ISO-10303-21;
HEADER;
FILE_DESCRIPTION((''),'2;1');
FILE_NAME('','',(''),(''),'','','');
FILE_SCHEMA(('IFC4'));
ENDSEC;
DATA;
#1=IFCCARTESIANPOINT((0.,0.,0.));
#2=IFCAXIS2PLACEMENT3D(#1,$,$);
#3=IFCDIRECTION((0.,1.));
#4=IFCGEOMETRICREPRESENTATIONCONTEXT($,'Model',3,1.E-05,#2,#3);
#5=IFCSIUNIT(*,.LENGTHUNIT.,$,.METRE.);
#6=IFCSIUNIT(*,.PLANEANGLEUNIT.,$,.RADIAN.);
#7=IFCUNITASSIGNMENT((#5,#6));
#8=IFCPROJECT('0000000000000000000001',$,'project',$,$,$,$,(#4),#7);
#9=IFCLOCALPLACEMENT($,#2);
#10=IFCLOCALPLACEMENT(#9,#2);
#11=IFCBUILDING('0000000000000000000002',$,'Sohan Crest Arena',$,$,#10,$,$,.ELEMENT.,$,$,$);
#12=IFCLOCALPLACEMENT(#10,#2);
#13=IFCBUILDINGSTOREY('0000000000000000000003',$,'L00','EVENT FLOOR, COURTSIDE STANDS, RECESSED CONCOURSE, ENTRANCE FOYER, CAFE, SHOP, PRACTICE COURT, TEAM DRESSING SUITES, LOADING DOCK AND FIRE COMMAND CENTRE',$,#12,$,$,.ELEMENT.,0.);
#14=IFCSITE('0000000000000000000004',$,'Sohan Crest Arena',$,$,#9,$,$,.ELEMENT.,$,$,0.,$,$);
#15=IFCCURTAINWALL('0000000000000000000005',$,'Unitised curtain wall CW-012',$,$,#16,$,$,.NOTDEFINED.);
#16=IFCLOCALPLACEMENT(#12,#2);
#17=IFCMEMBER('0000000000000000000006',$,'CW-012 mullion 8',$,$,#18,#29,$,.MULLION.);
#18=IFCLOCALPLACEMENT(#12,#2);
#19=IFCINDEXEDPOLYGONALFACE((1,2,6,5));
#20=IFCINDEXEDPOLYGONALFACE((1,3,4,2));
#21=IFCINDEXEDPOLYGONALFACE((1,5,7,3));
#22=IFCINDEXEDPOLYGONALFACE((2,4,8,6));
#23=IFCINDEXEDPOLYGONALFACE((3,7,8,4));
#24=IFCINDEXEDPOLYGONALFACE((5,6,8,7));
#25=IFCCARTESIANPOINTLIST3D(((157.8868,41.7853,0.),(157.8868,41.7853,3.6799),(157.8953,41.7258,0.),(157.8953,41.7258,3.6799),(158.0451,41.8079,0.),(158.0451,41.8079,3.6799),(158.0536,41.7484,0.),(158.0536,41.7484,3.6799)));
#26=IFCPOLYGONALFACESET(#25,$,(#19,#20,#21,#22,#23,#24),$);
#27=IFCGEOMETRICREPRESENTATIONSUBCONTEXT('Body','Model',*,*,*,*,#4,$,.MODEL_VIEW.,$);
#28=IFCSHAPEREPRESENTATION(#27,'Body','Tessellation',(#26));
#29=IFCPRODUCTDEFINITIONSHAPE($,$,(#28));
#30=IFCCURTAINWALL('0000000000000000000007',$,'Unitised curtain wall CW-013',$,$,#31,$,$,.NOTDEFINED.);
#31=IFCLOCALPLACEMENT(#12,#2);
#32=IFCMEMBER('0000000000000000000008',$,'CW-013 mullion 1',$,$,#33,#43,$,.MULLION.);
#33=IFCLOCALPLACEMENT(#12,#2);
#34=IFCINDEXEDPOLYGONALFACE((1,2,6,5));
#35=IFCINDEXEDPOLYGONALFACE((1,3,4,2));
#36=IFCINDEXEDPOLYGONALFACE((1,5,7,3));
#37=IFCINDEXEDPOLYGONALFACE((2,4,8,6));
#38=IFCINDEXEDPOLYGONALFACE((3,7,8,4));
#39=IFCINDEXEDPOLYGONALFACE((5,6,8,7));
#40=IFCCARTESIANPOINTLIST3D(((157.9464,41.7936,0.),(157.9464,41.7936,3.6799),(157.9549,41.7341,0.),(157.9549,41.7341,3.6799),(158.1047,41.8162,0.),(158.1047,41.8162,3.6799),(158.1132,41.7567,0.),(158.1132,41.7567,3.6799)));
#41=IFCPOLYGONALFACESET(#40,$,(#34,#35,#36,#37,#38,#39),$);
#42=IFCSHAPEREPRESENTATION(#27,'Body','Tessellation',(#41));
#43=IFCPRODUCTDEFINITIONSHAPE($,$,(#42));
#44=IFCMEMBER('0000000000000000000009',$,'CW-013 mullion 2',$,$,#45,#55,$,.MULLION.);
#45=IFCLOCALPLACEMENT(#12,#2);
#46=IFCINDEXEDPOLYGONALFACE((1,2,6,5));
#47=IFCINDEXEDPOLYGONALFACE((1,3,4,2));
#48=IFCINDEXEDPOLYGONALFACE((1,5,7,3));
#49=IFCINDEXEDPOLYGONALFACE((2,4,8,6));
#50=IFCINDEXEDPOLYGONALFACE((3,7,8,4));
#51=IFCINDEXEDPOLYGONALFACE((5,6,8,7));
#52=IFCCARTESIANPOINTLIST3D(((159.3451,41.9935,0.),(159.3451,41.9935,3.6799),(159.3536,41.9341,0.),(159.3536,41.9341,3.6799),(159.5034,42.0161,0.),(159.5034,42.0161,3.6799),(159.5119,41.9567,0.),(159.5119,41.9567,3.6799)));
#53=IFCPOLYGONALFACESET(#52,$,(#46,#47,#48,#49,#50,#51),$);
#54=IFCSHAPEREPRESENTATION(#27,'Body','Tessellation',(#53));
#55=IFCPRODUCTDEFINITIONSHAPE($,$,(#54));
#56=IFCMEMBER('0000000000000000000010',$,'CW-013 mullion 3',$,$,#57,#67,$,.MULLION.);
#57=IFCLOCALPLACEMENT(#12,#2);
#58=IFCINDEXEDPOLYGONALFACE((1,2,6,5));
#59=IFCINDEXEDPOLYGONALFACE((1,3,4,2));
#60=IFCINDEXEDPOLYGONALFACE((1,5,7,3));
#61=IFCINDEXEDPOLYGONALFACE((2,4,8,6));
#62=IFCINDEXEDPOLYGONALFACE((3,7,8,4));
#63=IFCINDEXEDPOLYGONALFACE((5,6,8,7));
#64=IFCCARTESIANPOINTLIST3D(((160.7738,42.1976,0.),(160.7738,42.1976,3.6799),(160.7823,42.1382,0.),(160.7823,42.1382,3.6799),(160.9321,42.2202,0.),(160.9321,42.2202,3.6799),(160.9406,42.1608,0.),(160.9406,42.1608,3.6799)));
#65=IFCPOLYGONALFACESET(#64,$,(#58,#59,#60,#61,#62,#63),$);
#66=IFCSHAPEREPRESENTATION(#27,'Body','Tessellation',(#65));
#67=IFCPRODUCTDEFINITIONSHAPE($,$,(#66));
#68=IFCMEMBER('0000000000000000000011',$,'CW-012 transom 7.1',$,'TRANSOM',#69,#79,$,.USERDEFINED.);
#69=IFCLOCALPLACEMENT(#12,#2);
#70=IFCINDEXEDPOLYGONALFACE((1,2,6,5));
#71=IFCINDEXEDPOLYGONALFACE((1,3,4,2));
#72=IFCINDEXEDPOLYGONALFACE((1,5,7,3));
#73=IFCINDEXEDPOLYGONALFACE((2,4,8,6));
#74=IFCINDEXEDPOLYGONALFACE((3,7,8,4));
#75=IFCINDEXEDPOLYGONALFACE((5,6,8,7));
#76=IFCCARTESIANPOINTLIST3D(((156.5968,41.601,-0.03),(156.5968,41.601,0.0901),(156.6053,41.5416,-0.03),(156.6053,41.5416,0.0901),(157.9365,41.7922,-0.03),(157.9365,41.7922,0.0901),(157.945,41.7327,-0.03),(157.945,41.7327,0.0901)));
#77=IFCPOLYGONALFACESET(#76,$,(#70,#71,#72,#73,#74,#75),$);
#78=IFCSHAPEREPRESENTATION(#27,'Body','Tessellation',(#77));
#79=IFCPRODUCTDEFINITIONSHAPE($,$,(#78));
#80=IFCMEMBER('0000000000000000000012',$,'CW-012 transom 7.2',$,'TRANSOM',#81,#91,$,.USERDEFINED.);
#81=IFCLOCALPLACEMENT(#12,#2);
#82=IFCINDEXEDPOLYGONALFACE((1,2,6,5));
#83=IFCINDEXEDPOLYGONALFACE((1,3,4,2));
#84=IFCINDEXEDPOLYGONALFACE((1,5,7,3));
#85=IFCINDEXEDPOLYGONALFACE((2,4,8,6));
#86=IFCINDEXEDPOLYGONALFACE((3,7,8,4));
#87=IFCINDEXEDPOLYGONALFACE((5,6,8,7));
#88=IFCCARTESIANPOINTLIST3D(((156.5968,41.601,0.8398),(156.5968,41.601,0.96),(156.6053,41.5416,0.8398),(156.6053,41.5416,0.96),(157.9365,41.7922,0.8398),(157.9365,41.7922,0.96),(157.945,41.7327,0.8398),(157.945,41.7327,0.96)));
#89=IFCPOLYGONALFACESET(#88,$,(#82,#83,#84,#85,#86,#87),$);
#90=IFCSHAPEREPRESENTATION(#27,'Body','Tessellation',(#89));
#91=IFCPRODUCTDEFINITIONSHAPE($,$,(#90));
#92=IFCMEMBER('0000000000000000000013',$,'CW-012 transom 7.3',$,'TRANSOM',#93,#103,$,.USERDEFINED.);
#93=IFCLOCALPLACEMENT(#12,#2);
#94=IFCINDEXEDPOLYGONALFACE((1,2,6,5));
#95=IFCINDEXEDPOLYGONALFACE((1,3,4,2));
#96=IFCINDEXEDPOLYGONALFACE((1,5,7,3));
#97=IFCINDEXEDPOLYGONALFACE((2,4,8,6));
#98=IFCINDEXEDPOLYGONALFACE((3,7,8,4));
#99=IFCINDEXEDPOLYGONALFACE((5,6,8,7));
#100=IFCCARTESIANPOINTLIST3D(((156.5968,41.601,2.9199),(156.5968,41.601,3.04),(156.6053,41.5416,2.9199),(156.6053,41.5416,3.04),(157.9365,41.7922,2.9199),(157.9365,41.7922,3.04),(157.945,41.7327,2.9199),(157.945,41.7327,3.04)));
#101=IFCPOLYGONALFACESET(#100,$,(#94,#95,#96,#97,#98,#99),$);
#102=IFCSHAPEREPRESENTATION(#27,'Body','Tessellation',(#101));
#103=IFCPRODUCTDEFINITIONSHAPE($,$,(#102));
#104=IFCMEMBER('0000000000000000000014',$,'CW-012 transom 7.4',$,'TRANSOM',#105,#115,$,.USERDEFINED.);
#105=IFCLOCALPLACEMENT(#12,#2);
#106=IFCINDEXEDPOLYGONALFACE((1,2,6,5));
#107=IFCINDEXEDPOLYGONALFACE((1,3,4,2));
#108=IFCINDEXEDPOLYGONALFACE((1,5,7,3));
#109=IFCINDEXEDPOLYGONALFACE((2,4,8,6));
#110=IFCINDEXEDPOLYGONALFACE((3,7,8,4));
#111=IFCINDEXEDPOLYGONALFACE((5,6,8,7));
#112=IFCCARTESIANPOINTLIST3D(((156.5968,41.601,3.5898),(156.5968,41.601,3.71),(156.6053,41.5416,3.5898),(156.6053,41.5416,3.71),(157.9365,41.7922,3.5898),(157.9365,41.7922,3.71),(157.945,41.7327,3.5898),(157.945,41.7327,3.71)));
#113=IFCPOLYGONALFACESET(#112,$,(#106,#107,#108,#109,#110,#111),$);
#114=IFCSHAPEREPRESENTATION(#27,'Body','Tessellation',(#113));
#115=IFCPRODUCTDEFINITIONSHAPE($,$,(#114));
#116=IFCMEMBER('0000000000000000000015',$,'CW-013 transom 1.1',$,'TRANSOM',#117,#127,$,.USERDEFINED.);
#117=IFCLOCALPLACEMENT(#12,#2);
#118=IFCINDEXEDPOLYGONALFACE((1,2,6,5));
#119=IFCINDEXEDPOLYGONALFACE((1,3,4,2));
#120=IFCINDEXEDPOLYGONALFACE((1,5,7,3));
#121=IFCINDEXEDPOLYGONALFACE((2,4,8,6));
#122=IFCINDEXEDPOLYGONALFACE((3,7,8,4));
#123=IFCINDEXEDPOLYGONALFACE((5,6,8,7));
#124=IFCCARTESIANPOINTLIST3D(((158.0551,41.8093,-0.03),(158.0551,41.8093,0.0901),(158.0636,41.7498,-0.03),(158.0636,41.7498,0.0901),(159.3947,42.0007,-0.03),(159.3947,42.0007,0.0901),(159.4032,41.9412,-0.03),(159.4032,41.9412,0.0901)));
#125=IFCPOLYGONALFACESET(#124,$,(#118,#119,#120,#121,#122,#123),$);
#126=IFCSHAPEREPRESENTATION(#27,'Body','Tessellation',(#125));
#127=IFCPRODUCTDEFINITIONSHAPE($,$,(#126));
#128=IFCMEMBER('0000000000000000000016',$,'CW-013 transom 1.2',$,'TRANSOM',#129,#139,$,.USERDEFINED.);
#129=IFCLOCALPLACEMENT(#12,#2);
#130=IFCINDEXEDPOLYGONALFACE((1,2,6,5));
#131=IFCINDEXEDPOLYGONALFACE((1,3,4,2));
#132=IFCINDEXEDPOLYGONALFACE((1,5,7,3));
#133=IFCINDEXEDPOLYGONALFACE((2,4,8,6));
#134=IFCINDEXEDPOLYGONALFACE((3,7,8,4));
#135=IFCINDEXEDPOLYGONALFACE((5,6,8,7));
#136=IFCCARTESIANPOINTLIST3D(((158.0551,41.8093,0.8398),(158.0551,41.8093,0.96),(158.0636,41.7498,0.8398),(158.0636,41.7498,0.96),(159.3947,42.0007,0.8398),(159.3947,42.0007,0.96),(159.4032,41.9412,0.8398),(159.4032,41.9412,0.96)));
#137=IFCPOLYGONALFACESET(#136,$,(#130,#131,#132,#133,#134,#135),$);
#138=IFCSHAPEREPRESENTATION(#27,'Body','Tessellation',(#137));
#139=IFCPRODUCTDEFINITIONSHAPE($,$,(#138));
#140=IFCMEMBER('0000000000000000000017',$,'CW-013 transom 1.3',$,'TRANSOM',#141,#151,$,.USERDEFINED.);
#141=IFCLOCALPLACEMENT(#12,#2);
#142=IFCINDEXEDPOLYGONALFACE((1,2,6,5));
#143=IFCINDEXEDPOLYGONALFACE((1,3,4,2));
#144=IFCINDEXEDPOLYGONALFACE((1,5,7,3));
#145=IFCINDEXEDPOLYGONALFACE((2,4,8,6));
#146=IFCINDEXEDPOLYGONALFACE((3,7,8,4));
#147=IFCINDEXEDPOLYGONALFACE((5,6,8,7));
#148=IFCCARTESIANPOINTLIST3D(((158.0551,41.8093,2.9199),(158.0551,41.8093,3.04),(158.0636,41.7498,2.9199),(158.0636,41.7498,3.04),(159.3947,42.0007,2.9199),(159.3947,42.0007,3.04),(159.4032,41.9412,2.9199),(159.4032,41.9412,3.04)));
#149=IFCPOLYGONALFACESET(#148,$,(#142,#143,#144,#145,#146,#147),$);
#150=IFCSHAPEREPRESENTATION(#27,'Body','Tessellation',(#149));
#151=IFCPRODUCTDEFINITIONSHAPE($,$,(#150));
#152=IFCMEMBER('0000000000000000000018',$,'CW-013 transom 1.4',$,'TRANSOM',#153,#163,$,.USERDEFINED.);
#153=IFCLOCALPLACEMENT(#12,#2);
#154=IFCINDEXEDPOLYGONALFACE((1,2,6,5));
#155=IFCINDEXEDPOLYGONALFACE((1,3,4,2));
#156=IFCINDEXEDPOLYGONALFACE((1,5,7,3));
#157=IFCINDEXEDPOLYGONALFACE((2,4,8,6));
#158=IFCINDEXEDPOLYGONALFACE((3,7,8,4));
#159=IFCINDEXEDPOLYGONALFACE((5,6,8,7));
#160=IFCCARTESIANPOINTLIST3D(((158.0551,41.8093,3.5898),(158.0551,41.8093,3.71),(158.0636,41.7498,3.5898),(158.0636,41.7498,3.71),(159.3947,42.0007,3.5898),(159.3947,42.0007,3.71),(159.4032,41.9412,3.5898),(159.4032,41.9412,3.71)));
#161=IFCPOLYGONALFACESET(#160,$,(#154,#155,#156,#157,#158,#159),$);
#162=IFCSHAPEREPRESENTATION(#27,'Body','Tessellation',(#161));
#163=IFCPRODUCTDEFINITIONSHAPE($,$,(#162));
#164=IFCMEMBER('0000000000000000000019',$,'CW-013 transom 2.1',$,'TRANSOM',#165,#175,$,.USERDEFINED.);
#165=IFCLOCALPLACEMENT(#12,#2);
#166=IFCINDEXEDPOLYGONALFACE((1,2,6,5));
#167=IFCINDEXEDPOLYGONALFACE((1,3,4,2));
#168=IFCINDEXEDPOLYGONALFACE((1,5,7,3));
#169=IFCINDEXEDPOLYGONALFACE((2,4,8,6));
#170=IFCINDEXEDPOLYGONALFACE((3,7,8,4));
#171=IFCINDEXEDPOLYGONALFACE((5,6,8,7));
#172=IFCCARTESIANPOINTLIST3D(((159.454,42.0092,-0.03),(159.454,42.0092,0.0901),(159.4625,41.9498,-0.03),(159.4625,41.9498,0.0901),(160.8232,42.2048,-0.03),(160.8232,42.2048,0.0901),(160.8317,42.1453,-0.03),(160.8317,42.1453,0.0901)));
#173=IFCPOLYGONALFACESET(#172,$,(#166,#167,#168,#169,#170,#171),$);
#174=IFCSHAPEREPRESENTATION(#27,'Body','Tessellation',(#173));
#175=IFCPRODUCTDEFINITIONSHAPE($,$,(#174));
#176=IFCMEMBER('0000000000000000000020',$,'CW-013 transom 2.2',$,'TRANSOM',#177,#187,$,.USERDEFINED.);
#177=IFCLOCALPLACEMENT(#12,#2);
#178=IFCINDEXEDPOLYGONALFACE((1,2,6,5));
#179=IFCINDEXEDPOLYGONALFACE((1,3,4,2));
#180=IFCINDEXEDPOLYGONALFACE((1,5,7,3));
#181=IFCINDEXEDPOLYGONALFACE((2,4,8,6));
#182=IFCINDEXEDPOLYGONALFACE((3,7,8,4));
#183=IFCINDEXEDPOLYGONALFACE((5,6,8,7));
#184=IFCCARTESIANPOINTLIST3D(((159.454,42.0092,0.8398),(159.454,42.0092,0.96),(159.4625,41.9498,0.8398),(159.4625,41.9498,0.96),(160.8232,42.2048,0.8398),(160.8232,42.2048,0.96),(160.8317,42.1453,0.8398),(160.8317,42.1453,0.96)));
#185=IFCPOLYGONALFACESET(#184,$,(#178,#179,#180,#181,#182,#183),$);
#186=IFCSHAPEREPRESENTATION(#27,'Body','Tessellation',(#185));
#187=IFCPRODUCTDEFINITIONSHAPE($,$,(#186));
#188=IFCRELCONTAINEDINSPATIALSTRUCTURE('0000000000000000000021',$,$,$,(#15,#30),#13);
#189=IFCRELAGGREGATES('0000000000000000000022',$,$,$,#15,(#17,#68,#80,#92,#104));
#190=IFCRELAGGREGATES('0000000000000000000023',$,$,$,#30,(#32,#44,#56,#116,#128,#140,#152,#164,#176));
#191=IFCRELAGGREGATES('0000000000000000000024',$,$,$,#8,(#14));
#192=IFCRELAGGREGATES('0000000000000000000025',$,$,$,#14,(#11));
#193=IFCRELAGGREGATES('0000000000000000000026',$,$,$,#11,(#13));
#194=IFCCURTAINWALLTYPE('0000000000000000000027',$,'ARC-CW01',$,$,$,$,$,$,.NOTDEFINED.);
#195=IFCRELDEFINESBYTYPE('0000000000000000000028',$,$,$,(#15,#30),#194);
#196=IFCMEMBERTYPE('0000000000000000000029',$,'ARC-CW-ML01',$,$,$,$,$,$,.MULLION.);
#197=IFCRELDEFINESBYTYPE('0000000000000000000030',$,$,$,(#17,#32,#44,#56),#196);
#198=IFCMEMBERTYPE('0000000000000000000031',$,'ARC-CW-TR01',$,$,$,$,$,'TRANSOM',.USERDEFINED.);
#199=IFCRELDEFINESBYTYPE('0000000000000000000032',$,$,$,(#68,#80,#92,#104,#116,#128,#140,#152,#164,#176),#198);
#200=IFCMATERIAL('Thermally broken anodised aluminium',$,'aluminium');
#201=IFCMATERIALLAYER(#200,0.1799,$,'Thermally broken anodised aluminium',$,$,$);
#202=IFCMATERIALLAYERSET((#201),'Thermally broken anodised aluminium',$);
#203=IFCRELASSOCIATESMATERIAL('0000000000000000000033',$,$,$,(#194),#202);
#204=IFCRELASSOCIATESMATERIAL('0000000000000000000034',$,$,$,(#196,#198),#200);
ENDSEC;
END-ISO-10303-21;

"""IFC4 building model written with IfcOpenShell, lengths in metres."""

from ifc_helpers import new_model, si_unit, direction, frame, origin, origin_2d, place, context, subcontext, project, spatial, rectangle, extrude, material, layer, layer_set, material_profile, profile_set, type_object, element, aggregate, save


model = new_model("IFC4")

# Units and contexts
model_context = context("Model", 3, precision=1e-05, world=origin(), true_north=direction((0.0, 1.0)))
body_context = subcontext(model_context, "Body", "Model", "MODEL_VIEW")
ifc_project = project(units=[si_unit("LENGTHUNIT", "METRE"), si_unit("PLANEANGLEUNIT", "RADIAN")], contexts=[model_context])

# Site, building, storey
site_placement = place(None, origin())
site = spatial("IfcSite", under=ifc_project, at=site_placement, Name="Sohan Crest Arena", CompositionType="ELEMENT", RefElevation=0.0)
building_placement = place(site_placement, origin())
building = spatial("IfcBuilding", under=site, at=building_placement, Name="Sohan Crest Arena", CompositionType="ELEMENT")
storey_placement = place(building_placement, origin())
storey = spatial("IfcBuildingStorey", under=building, at=storey_placement, Name="L00", Description="EVENT FLOOR, COURTSIDE STANDS, RECESSED CONCOURSE, ENTRANCE FOYER, CAFE, SHOP, PRACTICE COURT, TEAM DRESSING SUITES, LOADING DOCK AND FIRE COMMAND CENTRE", CompositionType="ELEMENT", Elevation=0.0)

# Curtain wall, member
ifc_material_1 = material(Name="Thermally broken anodised aluminium", Category="aluminium")
ifc_layer_1 = layer(ifc_material_1, 0.1799, Name="Thermally broken anodised aluminium")
ifc_layer_set_1 = layer_set([ifc_layer_1], Name="Thermally broken anodised aluminium")
curtain_wall_type = type_object("IfcCurtainWallType", Name="ARC-CW01", PredefinedType="NOTDEFINED", material=ifc_layer_set_1)
curtain_wall_1_placement = place(storey_placement, origin())
curtain_wall_1 = element("IfcCurtainWall", 1, at=curtain_wall_1_placement, inside=storey, type_object=curtain_wall_type, Name="Unitised curtain wall CW-012", PredefinedType="NOTDEFINED")
ifc_material_profile_1 = material_profile(ifc_material_1, rectangle(XDim=0.0601, YDim=0.1599, at=origin_2d()), Name="ALU-MULL 60x160")
ifc_profile_set_1 = profile_set([ifc_material_profile_1], Name="Thermally broken anodised aluminium")
member_type_1 = type_object("IfcMemberType", Name="ARC-CW-ML01", PredefinedType="MULLION", material=ifc_profile_set_1)
member_1_placement = place(storey_placement, frame((157.9702, 41.7668, 0.0), z_axis=(0.0, 0.0, 1.0), x_axis=(-0.141366, 0.989957, 0.0)))
member_1 = element("IfcMember", 2, at=member_1_placement, type_object=member_type_1, Name="CW-012 mullion 8", PredefinedType="MULLION", context=body_context, shape_type="SweptSolid", body=[
    extrude(rectangle(XDim=0.0601, YDim=0.1599, at=origin_2d()), origin(), (0.0, 0.0, 1.0), 3.6799),
])

# Curtain wall, members
curtain_wall_2_placement = place(storey_placement, origin())
curtain_wall_2 = element("IfcCurtainWall", 3, at=curtain_wall_2_placement, inside=storey, type_object=curtain_wall_type, Name="Unitised curtain wall CW-013", PredefinedType="NOTDEFINED")
member_2_placement = place(storey_placement, frame((158.0298, 41.7751, 0.0), z_axis=(0.0, 0.0, 1.0), x_axis=(-0.141463, 0.989944, 0.0)))
member_2 = element("IfcMember", 4, at=member_2_placement, type_object=member_type_1, Name="CW-013 mullion 1", PredefinedType="MULLION", context=body_context, shape_type="SweptSolid", body=[
    extrude(rectangle(XDim=0.0601, YDim=0.1599, at=origin_2d()), origin(), (0.0, 0.0, 1.0), 3.6799),
])
member_3_placement = place(storey_placement, frame((159.4285, 41.9751, 0.0), z_axis=(0.0, 0.0, 1.0), x_axis=(-0.141463, 0.989944, 0.0)))
member_3 = element("IfcMember", 5, at=member_3_placement, type_object=member_type_1, Name="CW-013 mullion 2", PredefinedType="MULLION", context=body_context, shape_type="SweptSolid", body=[
    extrude(rectangle(XDim=0.0601, YDim=0.1599, at=origin_2d()), origin(), (0.0, 0.0, 1.0), 3.6799),
])
member_4_placement = place(storey_placement, frame((160.8572, 42.1792, 0.0), z_axis=(0.0, 0.0, 1.0), x_axis=(-0.141463, 0.989944, 0.0)))
member_4 = element("IfcMember", 6, at=member_4_placement, type_object=member_type_1, Name="CW-013 mullion 3", PredefinedType="MULLION", context=body_context, shape_type="SweptSolid", body=[
    extrude(rectangle(XDim=0.0601, YDim=0.1599, at=origin_2d()), origin(), (0.0, 0.0, 1.0), 3.6799),
])

# Members
ifc_material_profile_2 = material_profile(ifc_material_1, rectangle(XDim=0.0601, YDim=0.1201, at=origin_2d()), Name="ALU-TRAN 60x120")
ifc_profile_set_2 = profile_set([ifc_material_profile_2], Name="Thermally broken anodised aluminium")
member_type_2 = type_object("IfcMemberType", Name="ARC-CW-TR01", ElementType="TRANSOM", PredefinedType="USERDEFINED", material=ifc_profile_set_2)
member_5_placement = place(storey_placement, frame((156.6011, 41.5713, 0.03), z_axis=(0.989971, 0.14127, 0.0), x_axis=(-0.14127, 0.989971, 0.0)))
member_5 = element("IfcMember", 7, at=member_5_placement, type_object=member_type_2, Name="CW-012 transom 7.1", ObjectType="TRANSOM", PredefinedType="USERDEFINED", context=body_context, shape_type="SweptSolid", body=[
    extrude(rectangle(XDim=0.0601, YDim=0.1201, at=origin_2d()), origin(), (0.0, 0.0, 1.0), 1.3533),
])
member_6_placement = place(storey_placement, frame((156.6011, 41.5713, 0.8999), z_axis=(0.989971, 0.14127, 0.0), x_axis=(-0.14127, 0.989971, 0.0)))
member_6 = element("IfcMember", 8, at=member_6_placement, type_object=member_type_2, Name="CW-012 transom 7.2", ObjectType="TRANSOM", PredefinedType="USERDEFINED", context=body_context, shape_type="SweptSolid", body=[
    extrude(rectangle(XDim=0.0601, YDim=0.1201, at=origin_2d()), origin(), (0.0, 0.0, 1.0), 1.3533),
])
member_7_placement = place(storey_placement, frame((156.6011, 41.5713, 2.98), z_axis=(0.989971, 0.14127, 0.0), x_axis=(-0.14127, 0.989971, 0.0)))
member_7 = element("IfcMember", 9, at=member_7_placement, type_object=member_type_2, Name="CW-012 transom 7.3", ObjectType="TRANSOM", PredefinedType="USERDEFINED", context=body_context, shape_type="SweptSolid", body=[
    extrude(rectangle(XDim=0.0601, YDim=0.1201, at=origin_2d()), origin(), (0.0, 0.0, 1.0), 1.3533),
])
member_8_placement = place(storey_placement, frame((156.6011, 41.5713, 3.6499), z_axis=(0.989971, 0.14127, 0.0), x_axis=(-0.14127, 0.989971, 0.0)))
member_8 = element("IfcMember", 10, at=member_8_placement, type_object=member_type_2, Name="CW-012 transom 7.4", ObjectType="TRANSOM", PredefinedType="USERDEFINED", context=body_context, shape_type="SweptSolid", body=[
    extrude(rectangle(XDim=0.0601, YDim=0.1201, at=origin_2d()), origin(), (0.0, 0.0, 1.0), 1.3533),
])
member_9_placement = place(storey_placement, frame((158.0593, 41.7795, 0.03), z_axis=(0.989946, 0.141447, 0.0), x_axis=(-0.141447, 0.989946, 0.0)))
member_9 = element("IfcMember", 11, at=member_9_placement, type_object=member_type_2, Name="CW-013 transom 1.1", ObjectType="TRANSOM", PredefinedType="USERDEFINED", context=body_context, shape_type="SweptSolid", body=[
    extrude(rectangle(XDim=0.0601, YDim=0.1201, at=origin_2d()), origin(), (0.0, 0.0, 1.0), 1.3533),
])
member_10_placement = place(storey_placement, frame((158.0593, 41.7795, 0.8999), z_axis=(0.989946, 0.141447, 0.0), x_axis=(-0.141447, 0.989946, 0.0)))
member_10 = element("IfcMember", 12, at=member_10_placement, type_object=member_type_2, Name="CW-013 transom 1.2", ObjectType="TRANSOM", PredefinedType="USERDEFINED", context=body_context, shape_type="SweptSolid", body=[
    extrude(rectangle(XDim=0.0601, YDim=0.1201, at=origin_2d()), origin(), (0.0, 0.0, 1.0), 1.3533),
])
member_11_placement = place(storey_placement, frame((158.0593, 41.7795, 2.98), z_axis=(0.989946, 0.141447, 0.0), x_axis=(-0.141447, 0.989946, 0.0)))
member_11 = element("IfcMember", 13, at=member_11_placement, type_object=member_type_2, Name="CW-013 transom 1.3", ObjectType="TRANSOM", PredefinedType="USERDEFINED", context=body_context, shape_type="SweptSolid", body=[
    extrude(rectangle(XDim=0.0601, YDim=0.1201, at=origin_2d()), origin(), (0.0, 0.0, 1.0), 1.3533),
])
member_12_placement = place(storey_placement, frame((158.0593, 41.7795, 3.6499), z_axis=(0.989946, 0.141447, 0.0), x_axis=(-0.141447, 0.989946, 0.0)))
member_12 = element("IfcMember", 14, at=member_12_placement, type_object=member_type_2, Name="CW-013 transom 1.4", ObjectType="TRANSOM", PredefinedType="USERDEFINED", context=body_context, shape_type="SweptSolid", body=[
    extrude(rectangle(XDim=0.0601, YDim=0.1201, at=origin_2d()), origin(), (0.0, 0.0, 1.0), 1.3533),
])
member_13_placement = place(storey_placement, frame((159.4583, 41.9795, 0.03), z_axis=(0.989953, 0.141397, 0.0), x_axis=(-0.141397, 0.989953, 0.0)))
member_13 = element("IfcMember", 15, at=member_13_placement, type_object=member_type_2, Name="CW-013 transom 2.1", ObjectType="TRANSOM", PredefinedType="USERDEFINED", context=body_context, shape_type="SweptSolid", body=[
    extrude(rectangle(XDim=0.0601, YDim=0.1201, at=origin_2d()), origin(), (0.0, 0.0, 1.0), 1.3831),
])
member_14_placement = place(storey_placement, frame((159.4583, 41.9795, 0.8999), z_axis=(0.989953, 0.141397, 0.0), x_axis=(-0.141397, 0.989953, 0.0)))
member_14 = element("IfcMember", 16, at=member_14_placement, type_object=member_type_2, Name="CW-013 transom 2.2", ObjectType="TRANSOM", PredefinedType="USERDEFINED", context=body_context, shape_type="SweptSolid", body=[
    extrude(rectangle(XDim=0.0601, YDim=0.1201, at=origin_2d()), origin(), (0.0, 0.0, 1.0), 1.3831),
])

aggregate(curtain_wall_1, [member_1, member_5, member_6, member_7, member_8])
aggregate(curtain_wall_2, [member_2, member_3, member_4, member_9, member_10, member_11, member_12, member_13, member_14])

save(model, "model.ifc")
